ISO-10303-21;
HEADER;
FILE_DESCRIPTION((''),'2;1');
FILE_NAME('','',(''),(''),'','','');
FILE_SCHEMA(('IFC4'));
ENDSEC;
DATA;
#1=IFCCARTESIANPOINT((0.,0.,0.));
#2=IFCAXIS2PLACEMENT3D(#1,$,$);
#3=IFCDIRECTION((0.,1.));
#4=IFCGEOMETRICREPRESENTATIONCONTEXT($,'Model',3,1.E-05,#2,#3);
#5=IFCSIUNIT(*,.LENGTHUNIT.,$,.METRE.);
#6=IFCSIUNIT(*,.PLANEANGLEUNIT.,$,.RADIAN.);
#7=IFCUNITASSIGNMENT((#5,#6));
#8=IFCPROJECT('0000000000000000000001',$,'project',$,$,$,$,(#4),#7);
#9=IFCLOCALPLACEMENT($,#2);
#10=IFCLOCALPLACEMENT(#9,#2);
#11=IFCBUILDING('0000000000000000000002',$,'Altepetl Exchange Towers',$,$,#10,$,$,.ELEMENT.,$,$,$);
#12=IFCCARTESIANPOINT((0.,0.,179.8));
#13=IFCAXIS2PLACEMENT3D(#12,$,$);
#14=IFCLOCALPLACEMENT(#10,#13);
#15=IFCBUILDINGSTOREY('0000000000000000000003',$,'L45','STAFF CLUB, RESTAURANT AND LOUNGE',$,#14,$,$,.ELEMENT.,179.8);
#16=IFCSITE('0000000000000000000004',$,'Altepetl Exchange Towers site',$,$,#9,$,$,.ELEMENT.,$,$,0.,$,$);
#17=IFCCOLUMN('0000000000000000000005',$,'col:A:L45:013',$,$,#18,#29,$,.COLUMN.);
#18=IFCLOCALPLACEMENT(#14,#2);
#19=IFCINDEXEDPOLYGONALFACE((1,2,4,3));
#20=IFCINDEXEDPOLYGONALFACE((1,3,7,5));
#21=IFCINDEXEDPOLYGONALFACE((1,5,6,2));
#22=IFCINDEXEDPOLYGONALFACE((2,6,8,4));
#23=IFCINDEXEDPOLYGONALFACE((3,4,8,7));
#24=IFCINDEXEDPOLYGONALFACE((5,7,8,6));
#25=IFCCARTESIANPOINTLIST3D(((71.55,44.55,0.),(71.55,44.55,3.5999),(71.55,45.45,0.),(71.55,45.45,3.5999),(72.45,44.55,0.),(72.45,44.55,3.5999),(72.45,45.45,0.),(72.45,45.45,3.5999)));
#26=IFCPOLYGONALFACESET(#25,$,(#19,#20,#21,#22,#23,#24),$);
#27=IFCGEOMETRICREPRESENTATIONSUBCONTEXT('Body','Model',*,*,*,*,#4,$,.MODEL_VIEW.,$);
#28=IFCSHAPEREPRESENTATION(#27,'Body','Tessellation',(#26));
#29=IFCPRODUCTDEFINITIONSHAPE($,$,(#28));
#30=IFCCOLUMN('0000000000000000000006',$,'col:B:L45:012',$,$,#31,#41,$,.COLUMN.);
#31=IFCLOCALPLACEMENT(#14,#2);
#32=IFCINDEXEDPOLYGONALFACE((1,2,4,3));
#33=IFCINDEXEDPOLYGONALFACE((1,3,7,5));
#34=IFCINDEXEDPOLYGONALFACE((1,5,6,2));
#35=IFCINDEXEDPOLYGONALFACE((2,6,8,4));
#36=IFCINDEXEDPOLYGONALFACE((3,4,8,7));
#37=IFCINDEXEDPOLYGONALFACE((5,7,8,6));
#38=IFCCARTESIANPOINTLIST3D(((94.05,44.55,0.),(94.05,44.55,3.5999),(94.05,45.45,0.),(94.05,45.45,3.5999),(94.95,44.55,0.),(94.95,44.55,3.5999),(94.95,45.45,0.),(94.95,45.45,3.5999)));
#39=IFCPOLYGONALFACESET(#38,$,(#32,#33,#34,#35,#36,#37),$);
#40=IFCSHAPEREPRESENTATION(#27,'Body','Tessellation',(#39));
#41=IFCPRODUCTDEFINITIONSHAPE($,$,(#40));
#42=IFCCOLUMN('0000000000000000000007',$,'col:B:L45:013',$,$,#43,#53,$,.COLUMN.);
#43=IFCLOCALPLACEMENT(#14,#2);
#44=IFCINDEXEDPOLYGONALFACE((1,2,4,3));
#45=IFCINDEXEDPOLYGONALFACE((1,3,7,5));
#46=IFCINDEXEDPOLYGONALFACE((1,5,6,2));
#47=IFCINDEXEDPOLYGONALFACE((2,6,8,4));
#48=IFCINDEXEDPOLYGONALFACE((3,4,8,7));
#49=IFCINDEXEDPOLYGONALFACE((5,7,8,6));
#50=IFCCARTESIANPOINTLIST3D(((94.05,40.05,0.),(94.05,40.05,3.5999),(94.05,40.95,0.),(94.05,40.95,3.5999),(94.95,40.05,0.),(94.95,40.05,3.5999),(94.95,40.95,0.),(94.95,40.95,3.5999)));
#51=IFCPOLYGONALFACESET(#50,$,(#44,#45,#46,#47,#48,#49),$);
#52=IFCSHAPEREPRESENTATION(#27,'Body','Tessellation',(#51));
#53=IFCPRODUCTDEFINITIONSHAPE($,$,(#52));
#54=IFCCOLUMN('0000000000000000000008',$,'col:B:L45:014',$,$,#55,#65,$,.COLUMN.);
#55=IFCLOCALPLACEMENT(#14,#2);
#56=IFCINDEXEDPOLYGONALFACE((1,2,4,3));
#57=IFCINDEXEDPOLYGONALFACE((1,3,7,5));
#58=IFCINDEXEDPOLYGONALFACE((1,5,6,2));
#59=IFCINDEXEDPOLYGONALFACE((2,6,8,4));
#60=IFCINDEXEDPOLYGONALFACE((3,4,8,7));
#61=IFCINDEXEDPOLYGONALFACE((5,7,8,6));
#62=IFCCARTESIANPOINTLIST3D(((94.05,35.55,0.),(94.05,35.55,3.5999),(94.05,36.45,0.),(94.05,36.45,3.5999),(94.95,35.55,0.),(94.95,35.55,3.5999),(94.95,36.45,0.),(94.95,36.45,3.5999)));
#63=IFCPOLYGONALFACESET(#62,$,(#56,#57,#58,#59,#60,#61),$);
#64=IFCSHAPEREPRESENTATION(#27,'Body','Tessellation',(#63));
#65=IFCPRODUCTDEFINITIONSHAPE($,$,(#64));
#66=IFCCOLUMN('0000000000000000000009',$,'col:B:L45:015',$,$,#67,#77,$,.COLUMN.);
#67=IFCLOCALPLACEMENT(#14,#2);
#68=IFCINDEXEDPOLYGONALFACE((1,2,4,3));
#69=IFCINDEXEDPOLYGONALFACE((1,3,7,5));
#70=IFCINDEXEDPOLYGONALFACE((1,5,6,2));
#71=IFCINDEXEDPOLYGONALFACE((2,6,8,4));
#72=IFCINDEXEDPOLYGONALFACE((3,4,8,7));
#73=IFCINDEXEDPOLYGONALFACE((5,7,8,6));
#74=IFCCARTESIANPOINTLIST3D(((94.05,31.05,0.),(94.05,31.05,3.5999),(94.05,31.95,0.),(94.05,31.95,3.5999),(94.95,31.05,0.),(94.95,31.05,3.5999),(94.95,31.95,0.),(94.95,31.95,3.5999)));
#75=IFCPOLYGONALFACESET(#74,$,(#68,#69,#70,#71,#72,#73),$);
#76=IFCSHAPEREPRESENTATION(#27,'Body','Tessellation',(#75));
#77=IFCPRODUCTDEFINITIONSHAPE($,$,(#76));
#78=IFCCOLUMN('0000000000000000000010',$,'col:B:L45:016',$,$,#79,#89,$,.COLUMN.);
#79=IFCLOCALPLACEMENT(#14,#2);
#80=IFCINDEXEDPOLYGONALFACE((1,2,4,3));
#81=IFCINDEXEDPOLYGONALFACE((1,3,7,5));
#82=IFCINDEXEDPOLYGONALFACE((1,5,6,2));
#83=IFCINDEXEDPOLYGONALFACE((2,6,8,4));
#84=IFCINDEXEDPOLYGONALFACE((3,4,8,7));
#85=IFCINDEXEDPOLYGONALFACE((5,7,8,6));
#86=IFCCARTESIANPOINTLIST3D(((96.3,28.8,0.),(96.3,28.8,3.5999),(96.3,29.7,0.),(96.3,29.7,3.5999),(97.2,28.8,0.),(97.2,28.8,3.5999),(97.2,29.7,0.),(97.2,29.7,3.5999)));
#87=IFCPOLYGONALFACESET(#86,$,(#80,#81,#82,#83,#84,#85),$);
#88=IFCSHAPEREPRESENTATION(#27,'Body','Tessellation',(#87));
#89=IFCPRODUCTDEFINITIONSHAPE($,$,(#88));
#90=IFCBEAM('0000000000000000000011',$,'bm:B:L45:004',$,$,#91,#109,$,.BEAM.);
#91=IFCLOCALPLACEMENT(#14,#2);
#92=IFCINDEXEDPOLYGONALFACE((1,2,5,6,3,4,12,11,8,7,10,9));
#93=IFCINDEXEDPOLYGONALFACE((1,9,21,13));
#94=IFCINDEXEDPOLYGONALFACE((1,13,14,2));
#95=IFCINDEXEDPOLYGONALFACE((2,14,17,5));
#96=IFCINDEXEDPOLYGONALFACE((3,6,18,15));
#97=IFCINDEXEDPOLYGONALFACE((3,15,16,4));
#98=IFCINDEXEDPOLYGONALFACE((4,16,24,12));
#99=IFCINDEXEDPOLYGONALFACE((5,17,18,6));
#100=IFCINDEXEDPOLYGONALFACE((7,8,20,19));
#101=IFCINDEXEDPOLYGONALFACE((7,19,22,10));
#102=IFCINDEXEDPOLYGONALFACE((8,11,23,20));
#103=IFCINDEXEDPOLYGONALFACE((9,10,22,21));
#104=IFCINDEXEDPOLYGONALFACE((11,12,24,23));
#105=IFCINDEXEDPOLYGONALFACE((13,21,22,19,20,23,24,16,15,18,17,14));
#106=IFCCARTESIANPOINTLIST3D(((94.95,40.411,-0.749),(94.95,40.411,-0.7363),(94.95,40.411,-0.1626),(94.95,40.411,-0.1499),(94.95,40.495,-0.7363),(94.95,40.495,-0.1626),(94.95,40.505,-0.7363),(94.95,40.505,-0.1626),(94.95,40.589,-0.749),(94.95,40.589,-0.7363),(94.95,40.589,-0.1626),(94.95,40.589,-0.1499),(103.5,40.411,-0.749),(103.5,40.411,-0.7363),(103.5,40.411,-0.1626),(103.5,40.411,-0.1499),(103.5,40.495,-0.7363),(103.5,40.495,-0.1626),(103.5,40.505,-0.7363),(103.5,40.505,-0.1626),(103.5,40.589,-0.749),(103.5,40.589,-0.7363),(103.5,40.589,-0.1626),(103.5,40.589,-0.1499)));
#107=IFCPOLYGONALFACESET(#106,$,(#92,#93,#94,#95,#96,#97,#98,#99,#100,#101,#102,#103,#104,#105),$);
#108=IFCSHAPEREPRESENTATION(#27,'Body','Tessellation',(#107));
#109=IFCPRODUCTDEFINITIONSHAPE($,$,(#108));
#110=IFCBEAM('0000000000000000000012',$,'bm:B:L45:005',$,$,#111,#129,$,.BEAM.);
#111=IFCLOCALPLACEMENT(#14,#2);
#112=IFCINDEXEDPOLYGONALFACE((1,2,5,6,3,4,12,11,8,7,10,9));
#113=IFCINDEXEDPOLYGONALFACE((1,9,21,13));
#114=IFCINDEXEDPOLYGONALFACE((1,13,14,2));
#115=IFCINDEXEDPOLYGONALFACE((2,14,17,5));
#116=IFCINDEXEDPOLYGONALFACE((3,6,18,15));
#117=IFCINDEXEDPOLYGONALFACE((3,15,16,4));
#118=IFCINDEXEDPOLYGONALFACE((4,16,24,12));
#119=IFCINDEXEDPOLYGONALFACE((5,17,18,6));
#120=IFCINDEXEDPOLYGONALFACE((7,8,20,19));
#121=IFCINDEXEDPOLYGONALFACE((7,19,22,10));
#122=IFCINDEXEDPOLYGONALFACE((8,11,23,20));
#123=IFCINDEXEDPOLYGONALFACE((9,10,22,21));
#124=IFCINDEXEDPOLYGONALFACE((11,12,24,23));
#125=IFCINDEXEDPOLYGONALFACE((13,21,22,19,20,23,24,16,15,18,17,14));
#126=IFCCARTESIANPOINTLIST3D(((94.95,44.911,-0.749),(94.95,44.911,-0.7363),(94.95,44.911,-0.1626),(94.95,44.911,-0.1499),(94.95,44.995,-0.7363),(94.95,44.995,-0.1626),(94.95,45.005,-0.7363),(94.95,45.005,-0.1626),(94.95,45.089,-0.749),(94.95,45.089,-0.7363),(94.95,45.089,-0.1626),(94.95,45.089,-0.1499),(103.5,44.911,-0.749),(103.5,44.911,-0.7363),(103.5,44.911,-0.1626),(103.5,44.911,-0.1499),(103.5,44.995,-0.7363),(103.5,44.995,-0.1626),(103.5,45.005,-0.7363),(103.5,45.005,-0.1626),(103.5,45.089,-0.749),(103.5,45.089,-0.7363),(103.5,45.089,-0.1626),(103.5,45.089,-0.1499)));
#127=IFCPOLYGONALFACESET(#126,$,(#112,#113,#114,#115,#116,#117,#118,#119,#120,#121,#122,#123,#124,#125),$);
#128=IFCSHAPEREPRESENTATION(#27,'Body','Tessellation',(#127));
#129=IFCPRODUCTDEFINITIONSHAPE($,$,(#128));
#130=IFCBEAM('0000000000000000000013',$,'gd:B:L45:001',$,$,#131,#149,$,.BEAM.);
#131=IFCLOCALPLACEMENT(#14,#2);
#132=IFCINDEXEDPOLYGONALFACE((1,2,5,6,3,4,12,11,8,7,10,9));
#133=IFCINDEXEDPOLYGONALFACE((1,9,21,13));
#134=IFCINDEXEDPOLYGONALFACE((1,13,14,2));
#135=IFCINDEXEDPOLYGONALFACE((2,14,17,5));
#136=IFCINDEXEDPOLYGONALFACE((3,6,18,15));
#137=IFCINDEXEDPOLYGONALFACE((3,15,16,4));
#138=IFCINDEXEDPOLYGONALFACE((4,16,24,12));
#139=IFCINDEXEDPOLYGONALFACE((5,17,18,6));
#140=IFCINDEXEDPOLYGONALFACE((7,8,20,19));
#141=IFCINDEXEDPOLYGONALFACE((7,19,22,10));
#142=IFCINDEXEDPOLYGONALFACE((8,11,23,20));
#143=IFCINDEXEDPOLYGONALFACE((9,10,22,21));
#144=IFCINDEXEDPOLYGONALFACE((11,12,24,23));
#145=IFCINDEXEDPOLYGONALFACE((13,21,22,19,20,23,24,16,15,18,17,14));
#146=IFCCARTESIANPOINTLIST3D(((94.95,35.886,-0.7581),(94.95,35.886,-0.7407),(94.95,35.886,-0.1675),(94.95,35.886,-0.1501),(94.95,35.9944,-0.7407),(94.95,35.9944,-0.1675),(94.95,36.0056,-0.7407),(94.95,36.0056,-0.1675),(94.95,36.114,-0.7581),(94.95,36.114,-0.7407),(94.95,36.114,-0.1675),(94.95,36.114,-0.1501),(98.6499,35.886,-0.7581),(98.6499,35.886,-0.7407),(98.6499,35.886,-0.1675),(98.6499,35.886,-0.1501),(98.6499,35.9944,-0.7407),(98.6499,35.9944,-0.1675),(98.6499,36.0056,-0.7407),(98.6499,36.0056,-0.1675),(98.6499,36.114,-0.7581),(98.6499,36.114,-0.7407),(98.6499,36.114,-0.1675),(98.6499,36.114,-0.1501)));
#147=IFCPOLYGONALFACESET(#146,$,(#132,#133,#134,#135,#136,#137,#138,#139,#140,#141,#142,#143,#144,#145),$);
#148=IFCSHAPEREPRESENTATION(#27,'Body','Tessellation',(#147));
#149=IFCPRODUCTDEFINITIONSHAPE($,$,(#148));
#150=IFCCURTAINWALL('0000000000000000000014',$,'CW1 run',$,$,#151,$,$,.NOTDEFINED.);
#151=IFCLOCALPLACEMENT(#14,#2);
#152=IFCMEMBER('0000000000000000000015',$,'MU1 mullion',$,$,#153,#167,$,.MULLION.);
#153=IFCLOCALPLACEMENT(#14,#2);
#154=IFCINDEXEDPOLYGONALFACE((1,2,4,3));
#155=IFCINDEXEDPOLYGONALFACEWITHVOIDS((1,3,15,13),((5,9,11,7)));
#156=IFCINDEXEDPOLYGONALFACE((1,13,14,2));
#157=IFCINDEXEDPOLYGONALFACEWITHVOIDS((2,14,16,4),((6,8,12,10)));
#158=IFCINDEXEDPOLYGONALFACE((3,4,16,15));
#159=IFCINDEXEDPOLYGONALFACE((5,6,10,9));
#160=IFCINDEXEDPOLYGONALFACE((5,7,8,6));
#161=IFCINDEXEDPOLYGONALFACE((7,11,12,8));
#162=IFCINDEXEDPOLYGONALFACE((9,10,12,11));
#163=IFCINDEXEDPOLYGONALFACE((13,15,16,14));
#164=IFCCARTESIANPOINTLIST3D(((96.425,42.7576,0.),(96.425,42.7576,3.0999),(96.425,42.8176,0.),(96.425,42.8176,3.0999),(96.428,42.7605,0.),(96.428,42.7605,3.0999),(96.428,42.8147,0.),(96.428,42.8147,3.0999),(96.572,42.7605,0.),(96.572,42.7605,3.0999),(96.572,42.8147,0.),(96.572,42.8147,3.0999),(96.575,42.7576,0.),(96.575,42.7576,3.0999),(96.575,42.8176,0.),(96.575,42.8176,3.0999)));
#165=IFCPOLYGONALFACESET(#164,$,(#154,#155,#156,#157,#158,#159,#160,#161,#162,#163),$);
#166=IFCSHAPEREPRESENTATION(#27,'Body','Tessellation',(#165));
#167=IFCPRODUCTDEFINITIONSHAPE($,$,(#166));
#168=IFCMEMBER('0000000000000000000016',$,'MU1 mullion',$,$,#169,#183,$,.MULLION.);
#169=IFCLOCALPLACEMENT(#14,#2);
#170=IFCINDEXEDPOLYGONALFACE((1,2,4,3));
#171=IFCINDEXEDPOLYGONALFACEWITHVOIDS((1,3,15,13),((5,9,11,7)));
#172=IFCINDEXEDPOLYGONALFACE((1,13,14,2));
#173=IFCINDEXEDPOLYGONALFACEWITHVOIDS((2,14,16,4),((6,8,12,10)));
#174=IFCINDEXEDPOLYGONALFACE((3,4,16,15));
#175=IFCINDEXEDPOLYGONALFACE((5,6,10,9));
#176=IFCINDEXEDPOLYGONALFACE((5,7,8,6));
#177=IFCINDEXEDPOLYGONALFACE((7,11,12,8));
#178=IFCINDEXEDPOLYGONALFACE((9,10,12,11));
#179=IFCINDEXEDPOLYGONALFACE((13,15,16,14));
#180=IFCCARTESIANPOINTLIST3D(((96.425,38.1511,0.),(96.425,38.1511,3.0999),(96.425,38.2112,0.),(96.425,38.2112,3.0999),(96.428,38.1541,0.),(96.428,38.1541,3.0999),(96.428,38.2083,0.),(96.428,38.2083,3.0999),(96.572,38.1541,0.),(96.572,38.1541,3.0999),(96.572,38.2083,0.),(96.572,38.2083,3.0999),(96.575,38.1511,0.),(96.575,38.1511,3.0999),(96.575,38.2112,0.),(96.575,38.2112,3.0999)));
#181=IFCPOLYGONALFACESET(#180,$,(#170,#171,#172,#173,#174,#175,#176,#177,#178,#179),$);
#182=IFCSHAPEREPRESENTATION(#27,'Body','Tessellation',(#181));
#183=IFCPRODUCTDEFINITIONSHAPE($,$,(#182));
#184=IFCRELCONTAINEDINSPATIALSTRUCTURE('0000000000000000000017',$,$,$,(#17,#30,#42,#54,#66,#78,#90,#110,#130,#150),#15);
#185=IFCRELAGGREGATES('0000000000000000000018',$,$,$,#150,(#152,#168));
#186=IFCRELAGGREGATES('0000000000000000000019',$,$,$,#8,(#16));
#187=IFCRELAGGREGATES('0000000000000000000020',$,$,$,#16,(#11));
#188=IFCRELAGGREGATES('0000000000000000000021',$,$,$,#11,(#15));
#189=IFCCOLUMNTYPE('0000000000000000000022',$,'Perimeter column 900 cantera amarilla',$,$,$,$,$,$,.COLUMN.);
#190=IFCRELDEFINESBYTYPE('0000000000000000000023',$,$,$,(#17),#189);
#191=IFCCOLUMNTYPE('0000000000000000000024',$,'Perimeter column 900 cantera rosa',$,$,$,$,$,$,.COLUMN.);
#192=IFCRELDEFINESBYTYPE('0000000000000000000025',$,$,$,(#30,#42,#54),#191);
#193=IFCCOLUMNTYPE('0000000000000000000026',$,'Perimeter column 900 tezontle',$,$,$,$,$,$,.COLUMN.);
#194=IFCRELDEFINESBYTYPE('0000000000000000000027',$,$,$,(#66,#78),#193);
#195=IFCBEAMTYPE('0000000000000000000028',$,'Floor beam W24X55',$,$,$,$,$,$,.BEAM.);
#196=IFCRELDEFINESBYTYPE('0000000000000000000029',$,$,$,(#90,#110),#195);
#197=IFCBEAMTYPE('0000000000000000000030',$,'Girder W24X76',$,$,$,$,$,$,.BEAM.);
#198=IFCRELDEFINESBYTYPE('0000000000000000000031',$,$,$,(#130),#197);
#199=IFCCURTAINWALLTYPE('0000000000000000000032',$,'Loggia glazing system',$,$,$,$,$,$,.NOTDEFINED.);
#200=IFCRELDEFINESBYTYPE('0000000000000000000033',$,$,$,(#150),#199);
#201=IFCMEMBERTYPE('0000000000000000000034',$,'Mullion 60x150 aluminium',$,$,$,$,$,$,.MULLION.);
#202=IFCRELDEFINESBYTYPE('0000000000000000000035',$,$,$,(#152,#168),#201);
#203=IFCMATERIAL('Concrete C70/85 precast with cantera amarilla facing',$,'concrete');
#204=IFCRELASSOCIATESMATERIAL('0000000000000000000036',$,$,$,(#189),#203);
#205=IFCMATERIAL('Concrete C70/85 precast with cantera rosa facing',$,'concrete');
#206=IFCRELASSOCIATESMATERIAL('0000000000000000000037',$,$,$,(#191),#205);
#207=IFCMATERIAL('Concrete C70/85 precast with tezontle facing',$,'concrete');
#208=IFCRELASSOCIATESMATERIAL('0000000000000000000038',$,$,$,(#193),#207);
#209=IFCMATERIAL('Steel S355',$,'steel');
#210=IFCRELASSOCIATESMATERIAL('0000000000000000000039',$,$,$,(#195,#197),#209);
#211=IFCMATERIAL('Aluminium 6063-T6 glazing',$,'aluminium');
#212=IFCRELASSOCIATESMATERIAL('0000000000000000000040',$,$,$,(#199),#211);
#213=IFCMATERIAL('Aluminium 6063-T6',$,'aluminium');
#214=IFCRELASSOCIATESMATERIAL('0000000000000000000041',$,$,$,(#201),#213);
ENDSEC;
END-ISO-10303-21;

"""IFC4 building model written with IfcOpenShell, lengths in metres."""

from ifc_helpers import new_model, si_unit, direction, frame, origin, origin_2d, place, context, subcontext, project, spatial, rectangle, hollow_rectangle, i_section, extrude, material, material_profile, profile_set, type_object, element, aggregate, save


model = new_model("IFC4")

# Units and contexts
model_context = context("Model", 3, precision=1e-05, world=origin(), true_north=direction((0.0, 1.0)))
body_context = subcontext(model_context, "Body", "Model", "MODEL_VIEW")
ifc_project = project(units=[si_unit("LENGTHUNIT", "METRE"), si_unit("PLANEANGLEUNIT", "RADIAN")], contexts=[model_context])

# Site, building, storey
site_placement = place(None, origin())
site = spatial("IfcSite", under=ifc_project, at=site_placement, Name="Altepetl Exchange Towers site", CompositionType="ELEMENT", RefElevation=0.0)
building_placement = place(site_placement, origin())
building = spatial("IfcBuilding", under=site, at=building_placement, Name="Altepetl Exchange Towers", CompositionType="ELEMENT")
storey_placement = place(building_placement, frame((0.0, 0.0, 179.8)))
storey = spatial("IfcBuildingStorey", under=building, at=storey_placement, Name="L45", Description="STAFF CLUB, RESTAURANT AND LOUNGE", CompositionType="ELEMENT", Elevation=179.8)

# Columns
ifc_material_1 = material(Name="Concrete C70/85 precast with cantera amarilla facing", Category="concrete")
ifc_material_profile_1 = material_profile(ifc_material_1, rectangle(XDim=0.8999, YDim=0.8999, at=origin_2d()), Name="900 x 900")
ifc_profile_set_1 = profile_set([ifc_material_profile_1], Name="Concrete C70/85 precast with cantera amarilla facing")
column_type_1 = type_object("IfcColumnType", Name="Perimeter column 900 cantera amarilla", PredefinedType="COLUMN", material=ifc_profile_set_1)
column_placement = place(storey_placement, frame((72.0, 45.0, 0.0)))
element("IfcColumn", 1, at=column_placement, inside=storey, type_object=column_type_1, Name="col:A:L45:013", PredefinedType="COLUMN", context=body_context, shape_type="SweptSolid", body=[
    extrude(rectangle(XDim=0.8999, YDim=0.8999, at=origin_2d()), origin(), (0.0, 0.0, 1.0), 3.5999),
])
ifc_material_2 = material(Name="Concrete C70/85 precast with cantera rosa facing", Category="concrete")
ifc_material_profile_2 = material_profile(ifc_material_2, rectangle(XDim=0.8999, YDim=0.8999, at=origin_2d()), Name="900 x 900")
ifc_profile_set_2 = profile_set([ifc_material_profile_2], Name="Concrete C70/85 precast with cantera rosa facing")
column_type_2 = type_object("IfcColumnType", Name="Perimeter column 900 cantera rosa", PredefinedType="COLUMN", material=ifc_profile_set_2)
for number, where, name in (
    (2, (94.5, 45.0, 0.0), "col:B:L45:012"),
    (3, (94.5, 40.5, 0.0), "col:B:L45:013"),
    (4, (94.5, 36.0, 0.0), "col:B:L45:014"),
):
    element("IfcColumn", number, at=place(storey_placement, frame(where)), inside=storey, type_object=column_type_2, Name=name, PredefinedType="COLUMN", context=body_context, shape_type="SweptSolid", body=[
        extrude(rectangle(XDim=0.8999, YDim=0.8999, at=origin_2d()), origin(), (0.0, 0.0, 1.0), 3.5999),
    ])
ifc_material_3 = material(Name="Concrete C70/85 precast with tezontle facing", Category="concrete")
ifc_material_profile_3 = material_profile(ifc_material_3, rectangle(XDim=0.8999, YDim=0.8999, at=origin_2d()), Name="900 x 900")
ifc_profile_set_3 = profile_set([ifc_material_profile_3], Name="Concrete C70/85 precast with tezontle facing")
column_type_3 = type_object("IfcColumnType", Name="Perimeter column 900 tezontle", PredefinedType="COLUMN", material=ifc_profile_set_3)
for number, where, name in (
    (5, (94.5, 31.5, 0.0), "col:B:L45:015"),
    (6, (96.75, 29.25, 0.0), "col:B:L45:016"),
):
    element("IfcColumn", number, at=place(storey_placement, frame(where)), inside=storey, type_object=column_type_3, Name=name, PredefinedType="COLUMN", context=body_context, shape_type="SweptSolid", body=[
        extrude(rectangle(XDim=0.8999, YDim=0.8999, at=origin_2d()), origin(), (0.0, 0.0, 1.0), 3.5999),
    ])

# Beams
ifc_material_4 = material(Name="Steel S355", Category="steel")
ifc_material_profile_4 = material_profile(ifc_material_4, i_section(OverallWidth=0.178, OverallDepth=0.5991, WebThickness=0.01, FlangeThickness=0.0127, at=origin_2d()), Name="W24X55")
ifc_profile_set_4 = profile_set([ifc_material_profile_4], Name="Steel S355")
beam_type_1 = type_object("IfcBeamType", Name="Floor beam W24X55", PredefinedType="BEAM", material=ifc_profile_set_4)
for number, where, z_axis, x_axis, name in (
    (7, (94.95, 40.5, -0.4495), (1.0, 0.0, 0.0), (0.0, 1.0, 0.0), "bm:B:L45:004"),
    (8, (94.95, 45.0, -0.4495), (1.0, 0.0, 0.0), (0.0, 1.0, 0.0), "bm:B:L45:005"),
):
    element("IfcBeam", number, at=place(storey_placement, frame(where, z_axis=z_axis, x_axis=x_axis)), inside=storey, type_object=beam_type_1, Name=name, PredefinedType="BEAM", context=body_context, shape_type="SweptSolid", body=[
        extrude(i_section(OverallWidth=0.178, OverallDepth=0.5991, WebThickness=0.01, FlangeThickness=0.0127, at=origin_2d()), origin(), (0.0, 0.0, 1.0), 8.55),
    ])
ifc_material_profile_5 = material_profile(ifc_material_4, i_section(OverallWidth=0.228, OverallDepth=0.6079, WebThickness=0.0112, FlangeThickness=0.0173, at=origin_2d()), Name="W24X76")
ifc_profile_set_5 = profile_set([ifc_material_profile_5], Name="Steel S355")
beam_type_2 = type_object("IfcBeamType", Name="Girder W24X76", PredefinedType="BEAM", material=ifc_profile_set_5)
beam_1_placement = place(storey_placement, frame((98.6499, 36.0, -0.4541), z_axis=(-1.0, 0.0, 0.0), x_axis=(0.0, -1.0, 0.0)))
element("IfcBeam", 9, at=beam_1_placement, inside=storey, type_object=beam_type_2, Name="gd:B:L45:001", PredefinedType="BEAM", context=body_context, shape_type="SweptSolid", body=[
    extrude(i_section(OverallWidth=0.228, OverallDepth=0.6079, WebThickness=0.0112, FlangeThickness=0.0173, at=origin_2d()), origin(), (0.0, 0.0, 1.0), 3.7),
])

# Curtain wall, members
ifc_material_5 = material(Name="Aluminium 6063-T6 glazing", Category="aluminium")
curtain_wall_type = type_object("IfcCurtainWallType", Name="Loggia glazing system", PredefinedType="NOTDEFINED", material=ifc_material_5)
curtain_wall_1_placement = place(storey_placement, origin())
curtain_wall_1 = element("IfcCurtainWall", 10, at=curtain_wall_1_placement, inside=storey, type_object=curtain_wall_type, Name="CW1 run", PredefinedType="NOTDEFINED")
ifc_material_6 = material(Name="Aluminium 6063-T6", Category="aluminium")
ifc_material_profile_6 = material_profile(ifc_material_6, hollow_rectangle(XDim=0.0601, YDim=0.1499, WallThickness=0.0029, at=origin_2d()), Name="Mullion 60x150 aluminium")
ifc_profile_set_6 = profile_set([ifc_material_profile_6], Name="Aluminium 6063-T6")
member_type = type_object("IfcMemberType", Name="Mullion 60x150 aluminium", PredefinedType="MULLION", material=ifc_profile_set_6)
member_1_placement = place(storey_placement, frame((96.5, 42.7876, 0.0), z_axis=(0.0, 0.0, 1.0), x_axis=(0.0, -1.0, 0.0)))
member_1 = element("IfcMember", 11, at=member_1_placement, type_object=member_type, Name="MU1 mullion", PredefinedType="MULLION", context=body_context, shape_type="SweptSolid", body=[
    extrude(hollow_rectangle(XDim=0.0601, YDim=0.1499, WallThickness=0.0029, at=origin_2d()), origin(), (0.0, 0.0, 1.0), 3.0999),
])
member_2_placement = place(storey_placement, frame((96.5, 38.1812, 0.0), z_axis=(0.0, 0.0, 1.0), x_axis=(0.0, -1.0, 0.0)))
member_2 = element("IfcMember", 12, at=member_2_placement, type_object=member_type, Name="MU1 mullion", PredefinedType="MULLION", context=body_context, shape_type="SweptSolid", body=[
    extrude(hollow_rectangle(XDim=0.0601, YDim=0.1499, WallThickness=0.0029, at=origin_2d()), origin(), (0.0, 0.0, 1.0), 3.0999),
])

aggregate(curtain_wall_1, [member_1, member_2])

save(model, "model.ifc")
